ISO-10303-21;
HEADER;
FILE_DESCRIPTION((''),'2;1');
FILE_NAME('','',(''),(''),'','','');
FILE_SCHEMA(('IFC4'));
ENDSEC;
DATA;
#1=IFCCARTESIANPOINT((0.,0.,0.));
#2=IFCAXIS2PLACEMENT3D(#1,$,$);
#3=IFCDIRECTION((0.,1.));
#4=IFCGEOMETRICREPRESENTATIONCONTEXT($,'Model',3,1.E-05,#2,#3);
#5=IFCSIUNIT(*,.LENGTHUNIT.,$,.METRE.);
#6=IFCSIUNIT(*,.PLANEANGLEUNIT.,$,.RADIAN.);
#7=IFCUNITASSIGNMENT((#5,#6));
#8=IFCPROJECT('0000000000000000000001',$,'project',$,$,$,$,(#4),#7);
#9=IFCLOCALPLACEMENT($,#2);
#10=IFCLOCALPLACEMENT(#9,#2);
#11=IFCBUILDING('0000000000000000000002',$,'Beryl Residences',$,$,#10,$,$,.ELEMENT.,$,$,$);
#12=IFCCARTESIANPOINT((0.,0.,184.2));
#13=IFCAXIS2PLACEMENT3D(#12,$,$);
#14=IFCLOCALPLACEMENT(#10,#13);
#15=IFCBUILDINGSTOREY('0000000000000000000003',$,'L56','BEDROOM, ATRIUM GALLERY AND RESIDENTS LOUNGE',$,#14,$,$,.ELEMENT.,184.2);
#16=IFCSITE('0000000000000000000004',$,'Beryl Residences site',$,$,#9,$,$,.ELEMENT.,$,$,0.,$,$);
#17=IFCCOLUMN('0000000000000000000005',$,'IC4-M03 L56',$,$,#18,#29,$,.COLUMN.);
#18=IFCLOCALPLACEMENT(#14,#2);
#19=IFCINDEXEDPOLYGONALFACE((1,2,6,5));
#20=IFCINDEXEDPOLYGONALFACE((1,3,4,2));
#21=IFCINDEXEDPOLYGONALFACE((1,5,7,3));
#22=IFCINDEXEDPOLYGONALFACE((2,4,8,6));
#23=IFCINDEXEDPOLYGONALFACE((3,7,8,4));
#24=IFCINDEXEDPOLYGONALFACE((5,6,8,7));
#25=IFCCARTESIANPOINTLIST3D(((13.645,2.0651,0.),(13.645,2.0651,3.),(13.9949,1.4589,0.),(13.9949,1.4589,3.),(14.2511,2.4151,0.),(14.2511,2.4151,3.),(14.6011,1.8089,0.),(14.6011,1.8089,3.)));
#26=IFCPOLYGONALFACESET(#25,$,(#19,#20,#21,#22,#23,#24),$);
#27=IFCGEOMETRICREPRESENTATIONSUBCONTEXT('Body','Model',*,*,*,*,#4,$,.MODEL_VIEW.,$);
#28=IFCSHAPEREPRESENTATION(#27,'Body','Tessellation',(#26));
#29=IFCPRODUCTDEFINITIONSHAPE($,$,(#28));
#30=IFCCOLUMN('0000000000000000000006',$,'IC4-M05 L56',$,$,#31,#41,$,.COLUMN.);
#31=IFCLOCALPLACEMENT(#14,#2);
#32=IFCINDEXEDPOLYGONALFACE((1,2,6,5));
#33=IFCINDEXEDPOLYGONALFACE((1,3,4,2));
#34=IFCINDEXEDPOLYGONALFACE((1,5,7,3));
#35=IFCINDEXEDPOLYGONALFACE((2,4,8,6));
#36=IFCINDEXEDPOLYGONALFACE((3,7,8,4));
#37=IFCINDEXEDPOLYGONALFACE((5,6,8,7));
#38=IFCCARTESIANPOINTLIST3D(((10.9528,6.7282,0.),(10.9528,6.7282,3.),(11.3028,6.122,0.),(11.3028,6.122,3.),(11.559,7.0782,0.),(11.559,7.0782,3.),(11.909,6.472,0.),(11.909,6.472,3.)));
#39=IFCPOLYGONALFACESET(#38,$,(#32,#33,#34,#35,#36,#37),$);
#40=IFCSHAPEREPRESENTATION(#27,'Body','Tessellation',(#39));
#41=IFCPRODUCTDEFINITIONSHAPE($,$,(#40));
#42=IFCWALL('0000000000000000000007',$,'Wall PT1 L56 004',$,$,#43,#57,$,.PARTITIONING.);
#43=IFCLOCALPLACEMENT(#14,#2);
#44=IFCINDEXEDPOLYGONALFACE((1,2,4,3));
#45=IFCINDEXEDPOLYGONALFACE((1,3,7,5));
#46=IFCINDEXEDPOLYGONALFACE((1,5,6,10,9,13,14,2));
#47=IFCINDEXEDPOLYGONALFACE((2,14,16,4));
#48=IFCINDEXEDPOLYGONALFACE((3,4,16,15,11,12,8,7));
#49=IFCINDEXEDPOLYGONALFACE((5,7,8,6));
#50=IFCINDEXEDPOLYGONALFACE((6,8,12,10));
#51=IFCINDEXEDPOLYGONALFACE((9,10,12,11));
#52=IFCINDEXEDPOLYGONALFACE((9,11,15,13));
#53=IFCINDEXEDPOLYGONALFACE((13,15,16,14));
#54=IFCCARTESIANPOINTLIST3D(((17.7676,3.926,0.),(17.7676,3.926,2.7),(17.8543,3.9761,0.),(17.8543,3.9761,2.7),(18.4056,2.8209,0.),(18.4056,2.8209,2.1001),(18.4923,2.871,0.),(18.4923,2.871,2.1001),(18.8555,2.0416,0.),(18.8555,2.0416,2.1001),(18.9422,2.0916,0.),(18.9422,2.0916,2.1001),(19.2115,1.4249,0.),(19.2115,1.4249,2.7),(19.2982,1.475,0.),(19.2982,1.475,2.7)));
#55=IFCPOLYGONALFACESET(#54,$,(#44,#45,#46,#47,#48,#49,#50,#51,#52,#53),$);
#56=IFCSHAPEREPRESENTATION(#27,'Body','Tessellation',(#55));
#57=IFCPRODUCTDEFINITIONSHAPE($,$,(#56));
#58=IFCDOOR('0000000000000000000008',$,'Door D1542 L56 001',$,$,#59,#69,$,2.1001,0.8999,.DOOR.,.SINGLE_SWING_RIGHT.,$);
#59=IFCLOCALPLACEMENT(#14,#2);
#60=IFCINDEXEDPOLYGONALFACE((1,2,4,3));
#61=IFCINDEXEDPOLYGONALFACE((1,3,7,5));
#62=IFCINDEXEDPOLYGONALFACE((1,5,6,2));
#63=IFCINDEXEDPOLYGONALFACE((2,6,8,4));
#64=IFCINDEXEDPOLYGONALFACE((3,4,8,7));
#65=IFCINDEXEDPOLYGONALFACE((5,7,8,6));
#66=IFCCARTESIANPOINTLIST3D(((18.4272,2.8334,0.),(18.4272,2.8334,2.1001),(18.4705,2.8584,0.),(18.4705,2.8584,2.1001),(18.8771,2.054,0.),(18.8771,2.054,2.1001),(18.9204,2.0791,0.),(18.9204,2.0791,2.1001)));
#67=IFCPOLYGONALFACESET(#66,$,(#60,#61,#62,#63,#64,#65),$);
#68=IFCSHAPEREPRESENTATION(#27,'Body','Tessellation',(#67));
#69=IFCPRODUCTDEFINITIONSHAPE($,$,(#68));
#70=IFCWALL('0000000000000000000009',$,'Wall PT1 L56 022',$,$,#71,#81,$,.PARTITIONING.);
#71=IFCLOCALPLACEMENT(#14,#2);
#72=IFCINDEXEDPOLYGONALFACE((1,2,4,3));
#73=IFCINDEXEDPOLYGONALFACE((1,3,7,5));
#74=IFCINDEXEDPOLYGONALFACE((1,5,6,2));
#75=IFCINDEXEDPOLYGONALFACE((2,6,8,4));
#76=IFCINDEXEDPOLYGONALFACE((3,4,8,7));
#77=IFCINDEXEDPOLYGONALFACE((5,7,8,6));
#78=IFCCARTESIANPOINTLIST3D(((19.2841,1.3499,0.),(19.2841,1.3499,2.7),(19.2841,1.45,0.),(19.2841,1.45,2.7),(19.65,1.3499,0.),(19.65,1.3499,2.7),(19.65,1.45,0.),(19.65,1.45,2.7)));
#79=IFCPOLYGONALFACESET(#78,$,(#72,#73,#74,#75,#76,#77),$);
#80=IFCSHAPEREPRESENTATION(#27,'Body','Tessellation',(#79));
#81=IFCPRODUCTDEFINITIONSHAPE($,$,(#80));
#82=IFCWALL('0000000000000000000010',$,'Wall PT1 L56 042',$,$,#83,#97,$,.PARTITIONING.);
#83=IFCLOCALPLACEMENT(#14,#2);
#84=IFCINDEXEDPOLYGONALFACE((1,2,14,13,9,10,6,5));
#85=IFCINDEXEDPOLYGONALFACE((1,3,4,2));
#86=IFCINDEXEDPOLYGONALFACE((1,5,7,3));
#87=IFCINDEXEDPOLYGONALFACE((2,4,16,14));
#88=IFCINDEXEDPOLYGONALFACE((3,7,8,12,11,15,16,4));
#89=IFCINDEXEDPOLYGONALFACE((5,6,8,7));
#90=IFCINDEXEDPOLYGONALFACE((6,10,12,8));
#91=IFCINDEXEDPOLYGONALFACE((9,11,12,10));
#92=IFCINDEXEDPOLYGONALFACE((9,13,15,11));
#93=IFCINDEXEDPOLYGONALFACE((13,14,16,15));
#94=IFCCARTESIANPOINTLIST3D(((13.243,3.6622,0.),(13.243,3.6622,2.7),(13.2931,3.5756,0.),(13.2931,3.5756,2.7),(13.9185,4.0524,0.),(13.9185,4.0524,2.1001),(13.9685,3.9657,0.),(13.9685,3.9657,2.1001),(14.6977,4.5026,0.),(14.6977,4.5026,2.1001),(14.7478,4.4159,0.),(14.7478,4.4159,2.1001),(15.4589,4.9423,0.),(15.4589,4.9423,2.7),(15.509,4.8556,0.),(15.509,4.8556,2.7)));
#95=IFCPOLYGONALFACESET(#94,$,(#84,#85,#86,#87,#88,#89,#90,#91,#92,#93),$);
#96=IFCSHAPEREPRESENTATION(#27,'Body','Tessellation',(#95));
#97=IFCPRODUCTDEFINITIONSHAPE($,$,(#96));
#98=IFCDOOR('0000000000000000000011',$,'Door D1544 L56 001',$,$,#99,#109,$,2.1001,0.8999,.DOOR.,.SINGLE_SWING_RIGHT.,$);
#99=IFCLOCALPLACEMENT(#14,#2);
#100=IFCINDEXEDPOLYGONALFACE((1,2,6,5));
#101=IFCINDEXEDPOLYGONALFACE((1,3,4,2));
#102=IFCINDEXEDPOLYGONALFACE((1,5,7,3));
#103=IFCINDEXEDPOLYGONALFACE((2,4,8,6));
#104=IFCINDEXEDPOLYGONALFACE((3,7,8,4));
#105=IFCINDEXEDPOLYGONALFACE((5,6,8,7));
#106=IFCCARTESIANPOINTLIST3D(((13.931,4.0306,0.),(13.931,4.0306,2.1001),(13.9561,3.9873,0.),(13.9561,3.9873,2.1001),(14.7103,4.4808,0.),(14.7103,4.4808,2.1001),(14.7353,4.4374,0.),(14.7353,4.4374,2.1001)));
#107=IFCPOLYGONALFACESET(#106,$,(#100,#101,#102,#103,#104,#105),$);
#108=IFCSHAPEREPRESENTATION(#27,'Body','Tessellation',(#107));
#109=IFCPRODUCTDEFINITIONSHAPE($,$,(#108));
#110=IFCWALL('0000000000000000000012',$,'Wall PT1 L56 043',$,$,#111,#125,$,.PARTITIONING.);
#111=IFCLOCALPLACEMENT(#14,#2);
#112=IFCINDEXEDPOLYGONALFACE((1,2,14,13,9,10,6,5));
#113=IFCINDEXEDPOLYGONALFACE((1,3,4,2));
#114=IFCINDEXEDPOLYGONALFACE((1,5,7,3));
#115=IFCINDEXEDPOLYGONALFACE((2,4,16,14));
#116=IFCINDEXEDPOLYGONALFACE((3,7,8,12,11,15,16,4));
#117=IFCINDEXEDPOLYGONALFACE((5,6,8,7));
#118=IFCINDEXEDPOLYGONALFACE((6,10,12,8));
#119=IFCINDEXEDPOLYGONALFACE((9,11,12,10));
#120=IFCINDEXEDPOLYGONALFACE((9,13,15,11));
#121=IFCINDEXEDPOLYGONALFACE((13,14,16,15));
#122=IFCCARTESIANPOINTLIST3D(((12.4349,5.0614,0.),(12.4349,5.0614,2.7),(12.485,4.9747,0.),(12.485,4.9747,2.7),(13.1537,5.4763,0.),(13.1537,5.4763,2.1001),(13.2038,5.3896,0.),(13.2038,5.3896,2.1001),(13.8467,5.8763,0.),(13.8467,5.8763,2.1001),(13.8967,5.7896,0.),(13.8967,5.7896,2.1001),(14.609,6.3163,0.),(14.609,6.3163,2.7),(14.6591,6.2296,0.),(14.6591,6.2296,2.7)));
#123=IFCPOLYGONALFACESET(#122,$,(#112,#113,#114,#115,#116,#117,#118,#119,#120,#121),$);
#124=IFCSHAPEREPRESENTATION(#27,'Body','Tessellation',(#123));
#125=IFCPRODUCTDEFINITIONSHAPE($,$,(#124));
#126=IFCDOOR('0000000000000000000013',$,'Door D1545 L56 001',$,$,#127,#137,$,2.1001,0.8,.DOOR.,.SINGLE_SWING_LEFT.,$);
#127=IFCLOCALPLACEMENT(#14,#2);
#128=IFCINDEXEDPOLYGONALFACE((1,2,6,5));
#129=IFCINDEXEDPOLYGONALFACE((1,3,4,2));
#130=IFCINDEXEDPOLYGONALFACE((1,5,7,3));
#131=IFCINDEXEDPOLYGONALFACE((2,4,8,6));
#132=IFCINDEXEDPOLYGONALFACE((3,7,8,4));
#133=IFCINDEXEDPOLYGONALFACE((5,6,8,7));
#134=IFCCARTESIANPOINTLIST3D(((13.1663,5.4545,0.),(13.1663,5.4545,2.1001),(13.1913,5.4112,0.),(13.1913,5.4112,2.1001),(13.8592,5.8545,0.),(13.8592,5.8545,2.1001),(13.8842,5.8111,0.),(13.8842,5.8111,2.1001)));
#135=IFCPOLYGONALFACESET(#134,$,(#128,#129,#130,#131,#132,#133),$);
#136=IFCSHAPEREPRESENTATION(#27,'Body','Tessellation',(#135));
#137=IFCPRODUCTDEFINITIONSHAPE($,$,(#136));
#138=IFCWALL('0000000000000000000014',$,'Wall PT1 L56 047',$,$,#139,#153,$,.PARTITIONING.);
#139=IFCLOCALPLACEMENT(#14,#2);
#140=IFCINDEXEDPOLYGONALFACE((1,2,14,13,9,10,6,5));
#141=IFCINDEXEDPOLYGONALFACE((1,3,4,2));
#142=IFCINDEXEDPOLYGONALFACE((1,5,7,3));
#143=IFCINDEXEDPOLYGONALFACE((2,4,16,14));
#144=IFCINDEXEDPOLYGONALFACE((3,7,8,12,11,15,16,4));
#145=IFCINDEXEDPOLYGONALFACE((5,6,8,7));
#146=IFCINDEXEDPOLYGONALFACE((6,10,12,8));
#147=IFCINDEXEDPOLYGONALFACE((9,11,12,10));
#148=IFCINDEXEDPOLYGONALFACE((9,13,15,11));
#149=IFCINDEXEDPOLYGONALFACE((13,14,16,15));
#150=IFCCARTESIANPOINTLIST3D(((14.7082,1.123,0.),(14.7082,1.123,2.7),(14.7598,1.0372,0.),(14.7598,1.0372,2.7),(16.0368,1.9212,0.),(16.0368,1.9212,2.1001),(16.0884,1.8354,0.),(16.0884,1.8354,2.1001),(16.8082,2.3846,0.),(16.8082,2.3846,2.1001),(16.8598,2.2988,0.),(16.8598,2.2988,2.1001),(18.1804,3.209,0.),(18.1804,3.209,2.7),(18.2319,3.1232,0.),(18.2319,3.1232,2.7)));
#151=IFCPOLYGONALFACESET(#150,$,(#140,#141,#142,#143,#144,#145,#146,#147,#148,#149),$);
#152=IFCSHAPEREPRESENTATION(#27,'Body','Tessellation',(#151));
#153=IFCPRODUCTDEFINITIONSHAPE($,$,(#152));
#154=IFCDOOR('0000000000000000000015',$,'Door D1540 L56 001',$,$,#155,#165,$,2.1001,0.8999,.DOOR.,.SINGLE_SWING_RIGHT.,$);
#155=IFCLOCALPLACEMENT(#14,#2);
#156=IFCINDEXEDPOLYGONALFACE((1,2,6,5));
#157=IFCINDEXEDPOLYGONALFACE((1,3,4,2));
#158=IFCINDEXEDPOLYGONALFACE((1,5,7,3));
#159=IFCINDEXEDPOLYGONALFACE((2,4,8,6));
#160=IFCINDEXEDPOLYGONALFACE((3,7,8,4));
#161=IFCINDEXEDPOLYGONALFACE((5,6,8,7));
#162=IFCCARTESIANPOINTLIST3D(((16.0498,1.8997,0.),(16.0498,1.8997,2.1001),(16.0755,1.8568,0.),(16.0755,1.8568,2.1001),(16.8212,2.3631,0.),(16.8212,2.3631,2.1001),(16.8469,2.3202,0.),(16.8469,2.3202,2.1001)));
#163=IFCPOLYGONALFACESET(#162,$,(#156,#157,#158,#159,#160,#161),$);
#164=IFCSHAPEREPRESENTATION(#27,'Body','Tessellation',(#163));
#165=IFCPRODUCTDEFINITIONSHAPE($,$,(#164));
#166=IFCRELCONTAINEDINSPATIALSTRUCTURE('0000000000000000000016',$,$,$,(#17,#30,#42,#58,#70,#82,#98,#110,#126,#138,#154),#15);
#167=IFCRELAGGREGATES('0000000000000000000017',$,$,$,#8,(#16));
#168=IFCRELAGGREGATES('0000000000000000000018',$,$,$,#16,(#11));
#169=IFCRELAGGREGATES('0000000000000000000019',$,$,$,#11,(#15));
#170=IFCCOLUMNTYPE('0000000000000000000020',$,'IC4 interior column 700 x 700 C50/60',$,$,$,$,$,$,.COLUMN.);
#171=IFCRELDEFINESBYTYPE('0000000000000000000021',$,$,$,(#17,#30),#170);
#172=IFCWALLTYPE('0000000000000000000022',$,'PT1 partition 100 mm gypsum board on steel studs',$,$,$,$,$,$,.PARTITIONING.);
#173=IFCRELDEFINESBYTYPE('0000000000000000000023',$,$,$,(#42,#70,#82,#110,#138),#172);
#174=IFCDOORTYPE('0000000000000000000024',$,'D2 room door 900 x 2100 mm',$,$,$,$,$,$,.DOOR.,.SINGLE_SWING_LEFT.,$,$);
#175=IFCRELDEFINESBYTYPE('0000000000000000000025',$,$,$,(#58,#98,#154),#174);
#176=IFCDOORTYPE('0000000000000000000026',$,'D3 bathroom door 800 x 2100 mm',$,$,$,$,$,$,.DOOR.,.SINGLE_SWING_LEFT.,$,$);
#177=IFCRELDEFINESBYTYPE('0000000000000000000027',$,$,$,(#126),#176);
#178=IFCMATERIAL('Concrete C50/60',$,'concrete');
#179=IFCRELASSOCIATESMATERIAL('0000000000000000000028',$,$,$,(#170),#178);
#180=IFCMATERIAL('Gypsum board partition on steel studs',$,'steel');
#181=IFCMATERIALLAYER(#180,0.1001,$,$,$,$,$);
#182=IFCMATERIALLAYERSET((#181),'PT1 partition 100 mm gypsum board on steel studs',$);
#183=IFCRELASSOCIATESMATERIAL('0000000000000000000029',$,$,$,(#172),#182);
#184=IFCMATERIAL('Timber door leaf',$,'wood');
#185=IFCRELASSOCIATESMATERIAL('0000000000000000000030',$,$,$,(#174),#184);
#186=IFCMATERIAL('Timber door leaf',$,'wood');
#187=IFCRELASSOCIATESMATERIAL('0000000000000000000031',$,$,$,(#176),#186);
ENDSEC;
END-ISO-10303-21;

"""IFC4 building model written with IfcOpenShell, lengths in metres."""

from ifc_helpers import new_model, si_unit, direction, frame, frame_2d, origin, origin_2d, place, context, subcontext, project, spatial, rectangle, extrude, material, layer, layer_set, material_profile, profile_set, type_object, element, fill, save


model = new_model("IFC4")

# Units and contexts
model_context = context("Model", 3, precision=1e-05, world=origin(), true_north=direction((0.0, 1.0)))
body_context = subcontext(model_context, "Body", "Model", "MODEL_VIEW")
ifc_project = project(units=[si_unit("LENGTHUNIT", "METRE"), si_unit("PLANEANGLEUNIT", "RADIAN")], contexts=[model_context])

# Site, building, storey
site_placement = place(None, origin())
site = spatial("IfcSite", under=ifc_project, at=site_placement, Name="Beryl Residences site", CompositionType="ELEMENT", RefElevation=0.0)
building_placement = place(site_placement, origin())
building = spatial("IfcBuilding", under=site, at=building_placement, Name="Beryl Residences", CompositionType="ELEMENT")
storey_placement = place(building_placement, frame((0.0, 0.0, 184.2)))
storey = spatial("IfcBuildingStorey", under=building, at=storey_placement, Name="L56", Description="BEDROOM, ATRIUM GALLERY AND RESIDENTS LOUNGE", CompositionType="ELEMENT", Elevation=184.2)

# Columns
ifc_material_1 = material(Name="Concrete C50/60", Category="concrete")
ifc_material_profile = material_profile(ifc_material_1, rectangle(XDim=0.7, YDim=0.7, at=origin_2d()))
ifc_profile_set = profile_set([ifc_material_profile], Name="Concrete C50/60")
column_type = type_object("IfcColumnType", Name="IC4 interior column 700 x 700 C50/60", PredefinedType="COLUMN", material=ifc_profile_set)
for number, where, z_axis, x_axis, name in (
    (1, (14.123, 1.937, 0.0), (0.0, 0.0, 1.0), (-0.5, 0.866025, 0.0), "IC4-M03 L56"),
    (2, (11.4309, 6.6001, 0.0), (0.0, 0.0, 1.0), (-0.5, 0.866025, 0.0), "IC4-M05 L56"),
):
    element("IfcColumn", number, at=place(storey_placement, frame(where, z_axis=z_axis, x_axis=x_axis)), inside=storey, type_object=column_type, Name=name, PredefinedType="COLUMN", context=body_context, shape_type="SweptSolid", body=[
        extrude(rectangle(XDim=0.7, YDim=0.7, at=origin_2d()), origin(), (0.0, 0.0, 1.0), 3.0),
    ])

# Wall, opening, door
ifc_material_2 = material(Name="Gypsum board partition on steel studs", Category="steel")
ifc_layer_1 = layer(ifc_material_2, 0.1001)
ifc_layer_set_1 = layer_set([ifc_layer_1], Name="PT1 partition 100 mm gypsum board on steel studs")
wall_type_1 = type_object("IfcWallType", Name="PT1 partition 100 mm gypsum board on steel studs", PredefinedType="PARTITIONING", material=ifc_layer_set_1)
wall_1_placement = place(storey_placement, frame((17.811, 3.9509, 0.0), z_axis=(0.0, 0.0, 1.0), x_axis=(0.499976, -0.866039, 0.0)))
wall_1 = element("IfcWall", 3, at=wall_1_placement, inside=storey, type_object=wall_type_1, Name="Wall PT1 L56 004", PredefinedType="PARTITIONING", context=body_context, shape_type="SweptSolid", body=[
    extrude(rectangle(XDim=2.8879, YDim=0.1001, at=frame_2d((1.4438, 0.0))), origin(), (0.0, 0.0, 1.0), 2.7),
])
opening_1_placement = place(wall_1_placement, frame((1.2759, 0.0, 0.0)))
opening_1 = element("IfcOpeningElement", 4, at=opening_1_placement, cuts=wall_1, PredefinedType="OPENING", context=body_context, shape_type="SweptSolid", body=[
    extrude(rectangle(XDim=0.8999, YDim=2.1001, at=frame_2d((0.45, 1.05))), frame((0.0, 0.0601, 0.0), z_axis=(0.0, -1.0, 0.0), x_axis=(1.0, 0.0, 0.0)), (0.0, 0.0, 1.0), 0.1201),
])
ifc_material_3 = material(Name="Timber door leaf", Category="wood")
door_type_1 = type_object("IfcDoorType", Name="D2 room door 900 x 2100 mm", OperationType="SINGLE_SWING_LEFT", PredefinedType="DOOR", material=ifc_material_3)
door_1_placement = place(opening_1_placement, origin())
door_1 = element("IfcDoor", 5, at=door_1_placement, inside=storey, type_object=door_type_1, Name="Door D1542 L56 001", OperationType="SINGLE_SWING_RIGHT", OverallHeight=2.1001, OverallWidth=0.8999, PredefinedType="DOOR", context=body_context, shape_type="SweptSolid", body=[
    extrude(rectangle(XDim=0.8999, YDim=2.1001, at=frame_2d((0.45, 1.05))), frame((0.0, 0.0249, 0.0), z_axis=(0.0, -1.0, 0.0), x_axis=(1.0, 0.0, 0.0)), (0.0, 0.0, 1.0), 0.05),
])
fill(opening_1, door_1)

# Wall
wall_2_placement = place(storey_placement, frame((19.2839, 1.3999, 0.0), z_axis=(0.0, 0.0, 1.0), x_axis=(1.0, 0.0, 0.0)))
element("IfcWall", 6, at=wall_2_placement, inside=storey, type_object=wall_type_1, Name="Wall PT1 L56 022", PredefinedType="PARTITIONING", context=body_context, shape_type="SweptSolid", body=[
    extrude(rectangle(XDim=0.366, YDim=0.1001, at=frame_2d((0.1831, 0.0))), origin(), (0.0, 0.0, 1.0), 2.7),
])

# Walls, openings, doors
wall_3_placement = place(storey_placement, frame((13.2681, 3.6189, 0.0), z_axis=(0.0, 0.0, 1.0), x_axis=(0.865903, 0.500212, 0.0)))
wall_3 = element("IfcWall", 7, at=wall_3_placement, inside=storey, type_object=wall_type_1, Name="Wall PT1 L56 042", PredefinedType="PARTITIONING", context=body_context, shape_type="SweptSolid", body=[
    extrude(rectangle(XDim=2.5591, YDim=0.1001, at=frame_2d((1.2795, 0.0))), origin(), (0.0, 0.0, 1.0), 2.7),
])
opening_2_placement = place(wall_3_placement, frame((0.78, 0.0, 0.0)))
opening_2 = element("IfcOpeningElement", 8, at=opening_2_placement, cuts=wall_3, PredefinedType="OPENING", context=body_context, shape_type="SweptSolid", body=[
    extrude(rectangle(XDim=0.8999, YDim=2.1001, at=frame_2d((0.45, 1.05))), frame((0.0, 0.0601, 0.0), z_axis=(0.0, -1.0, 0.0), x_axis=(1.0, 0.0, 0.0)), (0.0, 0.0, 1.0), 0.1201),
])
door_2_placement = place(opening_2_placement, origin())
door_2 = element("IfcDoor", 9, at=door_2_placement, inside=storey, type_object=door_type_1, Name="Door D1544 L56 001", OperationType="SINGLE_SWING_RIGHT", OverallHeight=2.1001, OverallWidth=0.8999, PredefinedType="DOOR", context=body_context, shape_type="SweptSolid", body=[
    extrude(rectangle(XDim=0.8999, YDim=2.1001, at=frame_2d((0.45, 1.05))), frame((0.0, 0.0249, 0.0), z_axis=(0.0, -1.0, 0.0), x_axis=(1.0, 0.0, 0.0)), (0.0, 0.0, 1.0), 0.05),
])
fill(opening_2, door_2)
wall_4_placement = place(storey_placement, frame((12.46, 5.0181, 0.0), z_axis=(0.0, 0.0, 1.0), x_axis=(0.86608, 0.499905, 0.0)))
wall_4 = element("IfcWall", 10, at=wall_4_placement, inside=storey, type_object=wall_type_1, Name="Wall PT1 L56 043", PredefinedType="PARTITIONING", context=body_context, shape_type="SweptSolid", body=[
    extrude(rectangle(XDim=2.5103, YDim=0.1001, at=frame_2d((1.2551, 0.0))), origin(), (0.0, 0.0, 1.0), 2.7),
])
opening_3_placement = place(wall_4_placement, frame((0.8301, 0.0, 0.0)))
opening_3 = element("IfcOpeningElement", 11, at=opening_3_placement, cuts=wall_4, PredefinedType="OPENING", context=body_context, shape_type="SweptSolid", body=[
    extrude(rectangle(XDim=0.8, YDim=2.1001, at=frame_2d((0.3999, 1.05))), frame((0.0, 0.0601, 0.0), z_axis=(0.0, -1.0, 0.0), x_axis=(1.0, 0.0, 0.0)), (0.0, 0.0, 1.0), 0.1201),
])
ifc_material_4 = material(Name="Timber door leaf", Category="wood")
door_type_2 = type_object("IfcDoorType", Name="D3 bathroom door 800 x 2100 mm", OperationType="SINGLE_SWING_LEFT", PredefinedType="DOOR", material=ifc_material_4)
door_3_placement = place(opening_3_placement, origin())
door_3 = element("IfcDoor", 12, at=door_3_placement, inside=storey, type_object=door_type_2, Name="Door D1545 L56 001", OperationType="SINGLE_SWING_LEFT", OverallHeight=2.1001, OverallWidth=0.8, PredefinedType="DOOR", context=body_context, shape_type="SweptSolid", body=[
    extrude(rectangle(XDim=0.8, YDim=2.1001, at=frame_2d((0.3999, 1.05))), frame((0.0, 0.0249, 0.0), z_axis=(0.0, -1.0, 0.0), x_axis=(1.0, 0.0, 0.0)), (0.0, 0.0, 1.0), 0.05),
])
fill(opening_3, door_3)
wall_5_placement = place(storey_placement, frame((14.7339, 1.0801, 0.0), z_axis=(0.0, 0.0, 1.0), x_axis=(0.857206, 0.514974, 0.0)))
wall_5 = element("IfcWall", 13, at=wall_5_placement, inside=storey, type_object=wall_type_1, Name="Wall PT1 L56 047", PredefinedType="PARTITIONING", context=body_context, shape_type="SweptSolid", body=[
    extrude(rectangle(XDim=4.0505, YDim=0.1001, at=frame_2d((2.0254, 0.0))), origin(), (0.0, 0.0, 1.0), 2.7),
])
opening_4_placement = place(wall_5_placement, frame((1.55, 0.0, 0.0)))
opening_4 = element("IfcOpeningElement", 14, at=opening_4_placement, cuts=wall_5, PredefinedType="OPENING", context=body_context, shape_type="SweptSolid", body=[
    extrude(rectangle(XDim=0.8999, YDim=2.1001, at=frame_2d((0.45, 1.05))), frame((0.0, 0.0601, 0.0), z_axis=(0.0, -1.0, 0.0), x_axis=(1.0, 0.0, 0.0)), (0.0, 0.0, 1.0), 0.1201),
])
door_4_placement = place(opening_4_placement, origin())
door_4 = element("IfcDoor", 15, at=door_4_placement, inside=storey, type_object=door_type_1, Name="Door D1540 L56 001", OperationType="SINGLE_SWING_RIGHT", OverallHeight=2.1001, OverallWidth=0.8999, PredefinedType="DOOR", context=body_context, shape_type="SweptSolid", body=[
    extrude(rectangle(XDim=0.8999, YDim=2.1001, at=frame_2d((0.45, 1.05))), frame((0.0, 0.0249, 0.0), z_axis=(0.0, -1.0, 0.0), x_axis=(1.0, 0.0, 0.0)), (0.0, 0.0, 1.0), 0.05),
])
fill(opening_4, door_4)

save(model, "model.ifc")
